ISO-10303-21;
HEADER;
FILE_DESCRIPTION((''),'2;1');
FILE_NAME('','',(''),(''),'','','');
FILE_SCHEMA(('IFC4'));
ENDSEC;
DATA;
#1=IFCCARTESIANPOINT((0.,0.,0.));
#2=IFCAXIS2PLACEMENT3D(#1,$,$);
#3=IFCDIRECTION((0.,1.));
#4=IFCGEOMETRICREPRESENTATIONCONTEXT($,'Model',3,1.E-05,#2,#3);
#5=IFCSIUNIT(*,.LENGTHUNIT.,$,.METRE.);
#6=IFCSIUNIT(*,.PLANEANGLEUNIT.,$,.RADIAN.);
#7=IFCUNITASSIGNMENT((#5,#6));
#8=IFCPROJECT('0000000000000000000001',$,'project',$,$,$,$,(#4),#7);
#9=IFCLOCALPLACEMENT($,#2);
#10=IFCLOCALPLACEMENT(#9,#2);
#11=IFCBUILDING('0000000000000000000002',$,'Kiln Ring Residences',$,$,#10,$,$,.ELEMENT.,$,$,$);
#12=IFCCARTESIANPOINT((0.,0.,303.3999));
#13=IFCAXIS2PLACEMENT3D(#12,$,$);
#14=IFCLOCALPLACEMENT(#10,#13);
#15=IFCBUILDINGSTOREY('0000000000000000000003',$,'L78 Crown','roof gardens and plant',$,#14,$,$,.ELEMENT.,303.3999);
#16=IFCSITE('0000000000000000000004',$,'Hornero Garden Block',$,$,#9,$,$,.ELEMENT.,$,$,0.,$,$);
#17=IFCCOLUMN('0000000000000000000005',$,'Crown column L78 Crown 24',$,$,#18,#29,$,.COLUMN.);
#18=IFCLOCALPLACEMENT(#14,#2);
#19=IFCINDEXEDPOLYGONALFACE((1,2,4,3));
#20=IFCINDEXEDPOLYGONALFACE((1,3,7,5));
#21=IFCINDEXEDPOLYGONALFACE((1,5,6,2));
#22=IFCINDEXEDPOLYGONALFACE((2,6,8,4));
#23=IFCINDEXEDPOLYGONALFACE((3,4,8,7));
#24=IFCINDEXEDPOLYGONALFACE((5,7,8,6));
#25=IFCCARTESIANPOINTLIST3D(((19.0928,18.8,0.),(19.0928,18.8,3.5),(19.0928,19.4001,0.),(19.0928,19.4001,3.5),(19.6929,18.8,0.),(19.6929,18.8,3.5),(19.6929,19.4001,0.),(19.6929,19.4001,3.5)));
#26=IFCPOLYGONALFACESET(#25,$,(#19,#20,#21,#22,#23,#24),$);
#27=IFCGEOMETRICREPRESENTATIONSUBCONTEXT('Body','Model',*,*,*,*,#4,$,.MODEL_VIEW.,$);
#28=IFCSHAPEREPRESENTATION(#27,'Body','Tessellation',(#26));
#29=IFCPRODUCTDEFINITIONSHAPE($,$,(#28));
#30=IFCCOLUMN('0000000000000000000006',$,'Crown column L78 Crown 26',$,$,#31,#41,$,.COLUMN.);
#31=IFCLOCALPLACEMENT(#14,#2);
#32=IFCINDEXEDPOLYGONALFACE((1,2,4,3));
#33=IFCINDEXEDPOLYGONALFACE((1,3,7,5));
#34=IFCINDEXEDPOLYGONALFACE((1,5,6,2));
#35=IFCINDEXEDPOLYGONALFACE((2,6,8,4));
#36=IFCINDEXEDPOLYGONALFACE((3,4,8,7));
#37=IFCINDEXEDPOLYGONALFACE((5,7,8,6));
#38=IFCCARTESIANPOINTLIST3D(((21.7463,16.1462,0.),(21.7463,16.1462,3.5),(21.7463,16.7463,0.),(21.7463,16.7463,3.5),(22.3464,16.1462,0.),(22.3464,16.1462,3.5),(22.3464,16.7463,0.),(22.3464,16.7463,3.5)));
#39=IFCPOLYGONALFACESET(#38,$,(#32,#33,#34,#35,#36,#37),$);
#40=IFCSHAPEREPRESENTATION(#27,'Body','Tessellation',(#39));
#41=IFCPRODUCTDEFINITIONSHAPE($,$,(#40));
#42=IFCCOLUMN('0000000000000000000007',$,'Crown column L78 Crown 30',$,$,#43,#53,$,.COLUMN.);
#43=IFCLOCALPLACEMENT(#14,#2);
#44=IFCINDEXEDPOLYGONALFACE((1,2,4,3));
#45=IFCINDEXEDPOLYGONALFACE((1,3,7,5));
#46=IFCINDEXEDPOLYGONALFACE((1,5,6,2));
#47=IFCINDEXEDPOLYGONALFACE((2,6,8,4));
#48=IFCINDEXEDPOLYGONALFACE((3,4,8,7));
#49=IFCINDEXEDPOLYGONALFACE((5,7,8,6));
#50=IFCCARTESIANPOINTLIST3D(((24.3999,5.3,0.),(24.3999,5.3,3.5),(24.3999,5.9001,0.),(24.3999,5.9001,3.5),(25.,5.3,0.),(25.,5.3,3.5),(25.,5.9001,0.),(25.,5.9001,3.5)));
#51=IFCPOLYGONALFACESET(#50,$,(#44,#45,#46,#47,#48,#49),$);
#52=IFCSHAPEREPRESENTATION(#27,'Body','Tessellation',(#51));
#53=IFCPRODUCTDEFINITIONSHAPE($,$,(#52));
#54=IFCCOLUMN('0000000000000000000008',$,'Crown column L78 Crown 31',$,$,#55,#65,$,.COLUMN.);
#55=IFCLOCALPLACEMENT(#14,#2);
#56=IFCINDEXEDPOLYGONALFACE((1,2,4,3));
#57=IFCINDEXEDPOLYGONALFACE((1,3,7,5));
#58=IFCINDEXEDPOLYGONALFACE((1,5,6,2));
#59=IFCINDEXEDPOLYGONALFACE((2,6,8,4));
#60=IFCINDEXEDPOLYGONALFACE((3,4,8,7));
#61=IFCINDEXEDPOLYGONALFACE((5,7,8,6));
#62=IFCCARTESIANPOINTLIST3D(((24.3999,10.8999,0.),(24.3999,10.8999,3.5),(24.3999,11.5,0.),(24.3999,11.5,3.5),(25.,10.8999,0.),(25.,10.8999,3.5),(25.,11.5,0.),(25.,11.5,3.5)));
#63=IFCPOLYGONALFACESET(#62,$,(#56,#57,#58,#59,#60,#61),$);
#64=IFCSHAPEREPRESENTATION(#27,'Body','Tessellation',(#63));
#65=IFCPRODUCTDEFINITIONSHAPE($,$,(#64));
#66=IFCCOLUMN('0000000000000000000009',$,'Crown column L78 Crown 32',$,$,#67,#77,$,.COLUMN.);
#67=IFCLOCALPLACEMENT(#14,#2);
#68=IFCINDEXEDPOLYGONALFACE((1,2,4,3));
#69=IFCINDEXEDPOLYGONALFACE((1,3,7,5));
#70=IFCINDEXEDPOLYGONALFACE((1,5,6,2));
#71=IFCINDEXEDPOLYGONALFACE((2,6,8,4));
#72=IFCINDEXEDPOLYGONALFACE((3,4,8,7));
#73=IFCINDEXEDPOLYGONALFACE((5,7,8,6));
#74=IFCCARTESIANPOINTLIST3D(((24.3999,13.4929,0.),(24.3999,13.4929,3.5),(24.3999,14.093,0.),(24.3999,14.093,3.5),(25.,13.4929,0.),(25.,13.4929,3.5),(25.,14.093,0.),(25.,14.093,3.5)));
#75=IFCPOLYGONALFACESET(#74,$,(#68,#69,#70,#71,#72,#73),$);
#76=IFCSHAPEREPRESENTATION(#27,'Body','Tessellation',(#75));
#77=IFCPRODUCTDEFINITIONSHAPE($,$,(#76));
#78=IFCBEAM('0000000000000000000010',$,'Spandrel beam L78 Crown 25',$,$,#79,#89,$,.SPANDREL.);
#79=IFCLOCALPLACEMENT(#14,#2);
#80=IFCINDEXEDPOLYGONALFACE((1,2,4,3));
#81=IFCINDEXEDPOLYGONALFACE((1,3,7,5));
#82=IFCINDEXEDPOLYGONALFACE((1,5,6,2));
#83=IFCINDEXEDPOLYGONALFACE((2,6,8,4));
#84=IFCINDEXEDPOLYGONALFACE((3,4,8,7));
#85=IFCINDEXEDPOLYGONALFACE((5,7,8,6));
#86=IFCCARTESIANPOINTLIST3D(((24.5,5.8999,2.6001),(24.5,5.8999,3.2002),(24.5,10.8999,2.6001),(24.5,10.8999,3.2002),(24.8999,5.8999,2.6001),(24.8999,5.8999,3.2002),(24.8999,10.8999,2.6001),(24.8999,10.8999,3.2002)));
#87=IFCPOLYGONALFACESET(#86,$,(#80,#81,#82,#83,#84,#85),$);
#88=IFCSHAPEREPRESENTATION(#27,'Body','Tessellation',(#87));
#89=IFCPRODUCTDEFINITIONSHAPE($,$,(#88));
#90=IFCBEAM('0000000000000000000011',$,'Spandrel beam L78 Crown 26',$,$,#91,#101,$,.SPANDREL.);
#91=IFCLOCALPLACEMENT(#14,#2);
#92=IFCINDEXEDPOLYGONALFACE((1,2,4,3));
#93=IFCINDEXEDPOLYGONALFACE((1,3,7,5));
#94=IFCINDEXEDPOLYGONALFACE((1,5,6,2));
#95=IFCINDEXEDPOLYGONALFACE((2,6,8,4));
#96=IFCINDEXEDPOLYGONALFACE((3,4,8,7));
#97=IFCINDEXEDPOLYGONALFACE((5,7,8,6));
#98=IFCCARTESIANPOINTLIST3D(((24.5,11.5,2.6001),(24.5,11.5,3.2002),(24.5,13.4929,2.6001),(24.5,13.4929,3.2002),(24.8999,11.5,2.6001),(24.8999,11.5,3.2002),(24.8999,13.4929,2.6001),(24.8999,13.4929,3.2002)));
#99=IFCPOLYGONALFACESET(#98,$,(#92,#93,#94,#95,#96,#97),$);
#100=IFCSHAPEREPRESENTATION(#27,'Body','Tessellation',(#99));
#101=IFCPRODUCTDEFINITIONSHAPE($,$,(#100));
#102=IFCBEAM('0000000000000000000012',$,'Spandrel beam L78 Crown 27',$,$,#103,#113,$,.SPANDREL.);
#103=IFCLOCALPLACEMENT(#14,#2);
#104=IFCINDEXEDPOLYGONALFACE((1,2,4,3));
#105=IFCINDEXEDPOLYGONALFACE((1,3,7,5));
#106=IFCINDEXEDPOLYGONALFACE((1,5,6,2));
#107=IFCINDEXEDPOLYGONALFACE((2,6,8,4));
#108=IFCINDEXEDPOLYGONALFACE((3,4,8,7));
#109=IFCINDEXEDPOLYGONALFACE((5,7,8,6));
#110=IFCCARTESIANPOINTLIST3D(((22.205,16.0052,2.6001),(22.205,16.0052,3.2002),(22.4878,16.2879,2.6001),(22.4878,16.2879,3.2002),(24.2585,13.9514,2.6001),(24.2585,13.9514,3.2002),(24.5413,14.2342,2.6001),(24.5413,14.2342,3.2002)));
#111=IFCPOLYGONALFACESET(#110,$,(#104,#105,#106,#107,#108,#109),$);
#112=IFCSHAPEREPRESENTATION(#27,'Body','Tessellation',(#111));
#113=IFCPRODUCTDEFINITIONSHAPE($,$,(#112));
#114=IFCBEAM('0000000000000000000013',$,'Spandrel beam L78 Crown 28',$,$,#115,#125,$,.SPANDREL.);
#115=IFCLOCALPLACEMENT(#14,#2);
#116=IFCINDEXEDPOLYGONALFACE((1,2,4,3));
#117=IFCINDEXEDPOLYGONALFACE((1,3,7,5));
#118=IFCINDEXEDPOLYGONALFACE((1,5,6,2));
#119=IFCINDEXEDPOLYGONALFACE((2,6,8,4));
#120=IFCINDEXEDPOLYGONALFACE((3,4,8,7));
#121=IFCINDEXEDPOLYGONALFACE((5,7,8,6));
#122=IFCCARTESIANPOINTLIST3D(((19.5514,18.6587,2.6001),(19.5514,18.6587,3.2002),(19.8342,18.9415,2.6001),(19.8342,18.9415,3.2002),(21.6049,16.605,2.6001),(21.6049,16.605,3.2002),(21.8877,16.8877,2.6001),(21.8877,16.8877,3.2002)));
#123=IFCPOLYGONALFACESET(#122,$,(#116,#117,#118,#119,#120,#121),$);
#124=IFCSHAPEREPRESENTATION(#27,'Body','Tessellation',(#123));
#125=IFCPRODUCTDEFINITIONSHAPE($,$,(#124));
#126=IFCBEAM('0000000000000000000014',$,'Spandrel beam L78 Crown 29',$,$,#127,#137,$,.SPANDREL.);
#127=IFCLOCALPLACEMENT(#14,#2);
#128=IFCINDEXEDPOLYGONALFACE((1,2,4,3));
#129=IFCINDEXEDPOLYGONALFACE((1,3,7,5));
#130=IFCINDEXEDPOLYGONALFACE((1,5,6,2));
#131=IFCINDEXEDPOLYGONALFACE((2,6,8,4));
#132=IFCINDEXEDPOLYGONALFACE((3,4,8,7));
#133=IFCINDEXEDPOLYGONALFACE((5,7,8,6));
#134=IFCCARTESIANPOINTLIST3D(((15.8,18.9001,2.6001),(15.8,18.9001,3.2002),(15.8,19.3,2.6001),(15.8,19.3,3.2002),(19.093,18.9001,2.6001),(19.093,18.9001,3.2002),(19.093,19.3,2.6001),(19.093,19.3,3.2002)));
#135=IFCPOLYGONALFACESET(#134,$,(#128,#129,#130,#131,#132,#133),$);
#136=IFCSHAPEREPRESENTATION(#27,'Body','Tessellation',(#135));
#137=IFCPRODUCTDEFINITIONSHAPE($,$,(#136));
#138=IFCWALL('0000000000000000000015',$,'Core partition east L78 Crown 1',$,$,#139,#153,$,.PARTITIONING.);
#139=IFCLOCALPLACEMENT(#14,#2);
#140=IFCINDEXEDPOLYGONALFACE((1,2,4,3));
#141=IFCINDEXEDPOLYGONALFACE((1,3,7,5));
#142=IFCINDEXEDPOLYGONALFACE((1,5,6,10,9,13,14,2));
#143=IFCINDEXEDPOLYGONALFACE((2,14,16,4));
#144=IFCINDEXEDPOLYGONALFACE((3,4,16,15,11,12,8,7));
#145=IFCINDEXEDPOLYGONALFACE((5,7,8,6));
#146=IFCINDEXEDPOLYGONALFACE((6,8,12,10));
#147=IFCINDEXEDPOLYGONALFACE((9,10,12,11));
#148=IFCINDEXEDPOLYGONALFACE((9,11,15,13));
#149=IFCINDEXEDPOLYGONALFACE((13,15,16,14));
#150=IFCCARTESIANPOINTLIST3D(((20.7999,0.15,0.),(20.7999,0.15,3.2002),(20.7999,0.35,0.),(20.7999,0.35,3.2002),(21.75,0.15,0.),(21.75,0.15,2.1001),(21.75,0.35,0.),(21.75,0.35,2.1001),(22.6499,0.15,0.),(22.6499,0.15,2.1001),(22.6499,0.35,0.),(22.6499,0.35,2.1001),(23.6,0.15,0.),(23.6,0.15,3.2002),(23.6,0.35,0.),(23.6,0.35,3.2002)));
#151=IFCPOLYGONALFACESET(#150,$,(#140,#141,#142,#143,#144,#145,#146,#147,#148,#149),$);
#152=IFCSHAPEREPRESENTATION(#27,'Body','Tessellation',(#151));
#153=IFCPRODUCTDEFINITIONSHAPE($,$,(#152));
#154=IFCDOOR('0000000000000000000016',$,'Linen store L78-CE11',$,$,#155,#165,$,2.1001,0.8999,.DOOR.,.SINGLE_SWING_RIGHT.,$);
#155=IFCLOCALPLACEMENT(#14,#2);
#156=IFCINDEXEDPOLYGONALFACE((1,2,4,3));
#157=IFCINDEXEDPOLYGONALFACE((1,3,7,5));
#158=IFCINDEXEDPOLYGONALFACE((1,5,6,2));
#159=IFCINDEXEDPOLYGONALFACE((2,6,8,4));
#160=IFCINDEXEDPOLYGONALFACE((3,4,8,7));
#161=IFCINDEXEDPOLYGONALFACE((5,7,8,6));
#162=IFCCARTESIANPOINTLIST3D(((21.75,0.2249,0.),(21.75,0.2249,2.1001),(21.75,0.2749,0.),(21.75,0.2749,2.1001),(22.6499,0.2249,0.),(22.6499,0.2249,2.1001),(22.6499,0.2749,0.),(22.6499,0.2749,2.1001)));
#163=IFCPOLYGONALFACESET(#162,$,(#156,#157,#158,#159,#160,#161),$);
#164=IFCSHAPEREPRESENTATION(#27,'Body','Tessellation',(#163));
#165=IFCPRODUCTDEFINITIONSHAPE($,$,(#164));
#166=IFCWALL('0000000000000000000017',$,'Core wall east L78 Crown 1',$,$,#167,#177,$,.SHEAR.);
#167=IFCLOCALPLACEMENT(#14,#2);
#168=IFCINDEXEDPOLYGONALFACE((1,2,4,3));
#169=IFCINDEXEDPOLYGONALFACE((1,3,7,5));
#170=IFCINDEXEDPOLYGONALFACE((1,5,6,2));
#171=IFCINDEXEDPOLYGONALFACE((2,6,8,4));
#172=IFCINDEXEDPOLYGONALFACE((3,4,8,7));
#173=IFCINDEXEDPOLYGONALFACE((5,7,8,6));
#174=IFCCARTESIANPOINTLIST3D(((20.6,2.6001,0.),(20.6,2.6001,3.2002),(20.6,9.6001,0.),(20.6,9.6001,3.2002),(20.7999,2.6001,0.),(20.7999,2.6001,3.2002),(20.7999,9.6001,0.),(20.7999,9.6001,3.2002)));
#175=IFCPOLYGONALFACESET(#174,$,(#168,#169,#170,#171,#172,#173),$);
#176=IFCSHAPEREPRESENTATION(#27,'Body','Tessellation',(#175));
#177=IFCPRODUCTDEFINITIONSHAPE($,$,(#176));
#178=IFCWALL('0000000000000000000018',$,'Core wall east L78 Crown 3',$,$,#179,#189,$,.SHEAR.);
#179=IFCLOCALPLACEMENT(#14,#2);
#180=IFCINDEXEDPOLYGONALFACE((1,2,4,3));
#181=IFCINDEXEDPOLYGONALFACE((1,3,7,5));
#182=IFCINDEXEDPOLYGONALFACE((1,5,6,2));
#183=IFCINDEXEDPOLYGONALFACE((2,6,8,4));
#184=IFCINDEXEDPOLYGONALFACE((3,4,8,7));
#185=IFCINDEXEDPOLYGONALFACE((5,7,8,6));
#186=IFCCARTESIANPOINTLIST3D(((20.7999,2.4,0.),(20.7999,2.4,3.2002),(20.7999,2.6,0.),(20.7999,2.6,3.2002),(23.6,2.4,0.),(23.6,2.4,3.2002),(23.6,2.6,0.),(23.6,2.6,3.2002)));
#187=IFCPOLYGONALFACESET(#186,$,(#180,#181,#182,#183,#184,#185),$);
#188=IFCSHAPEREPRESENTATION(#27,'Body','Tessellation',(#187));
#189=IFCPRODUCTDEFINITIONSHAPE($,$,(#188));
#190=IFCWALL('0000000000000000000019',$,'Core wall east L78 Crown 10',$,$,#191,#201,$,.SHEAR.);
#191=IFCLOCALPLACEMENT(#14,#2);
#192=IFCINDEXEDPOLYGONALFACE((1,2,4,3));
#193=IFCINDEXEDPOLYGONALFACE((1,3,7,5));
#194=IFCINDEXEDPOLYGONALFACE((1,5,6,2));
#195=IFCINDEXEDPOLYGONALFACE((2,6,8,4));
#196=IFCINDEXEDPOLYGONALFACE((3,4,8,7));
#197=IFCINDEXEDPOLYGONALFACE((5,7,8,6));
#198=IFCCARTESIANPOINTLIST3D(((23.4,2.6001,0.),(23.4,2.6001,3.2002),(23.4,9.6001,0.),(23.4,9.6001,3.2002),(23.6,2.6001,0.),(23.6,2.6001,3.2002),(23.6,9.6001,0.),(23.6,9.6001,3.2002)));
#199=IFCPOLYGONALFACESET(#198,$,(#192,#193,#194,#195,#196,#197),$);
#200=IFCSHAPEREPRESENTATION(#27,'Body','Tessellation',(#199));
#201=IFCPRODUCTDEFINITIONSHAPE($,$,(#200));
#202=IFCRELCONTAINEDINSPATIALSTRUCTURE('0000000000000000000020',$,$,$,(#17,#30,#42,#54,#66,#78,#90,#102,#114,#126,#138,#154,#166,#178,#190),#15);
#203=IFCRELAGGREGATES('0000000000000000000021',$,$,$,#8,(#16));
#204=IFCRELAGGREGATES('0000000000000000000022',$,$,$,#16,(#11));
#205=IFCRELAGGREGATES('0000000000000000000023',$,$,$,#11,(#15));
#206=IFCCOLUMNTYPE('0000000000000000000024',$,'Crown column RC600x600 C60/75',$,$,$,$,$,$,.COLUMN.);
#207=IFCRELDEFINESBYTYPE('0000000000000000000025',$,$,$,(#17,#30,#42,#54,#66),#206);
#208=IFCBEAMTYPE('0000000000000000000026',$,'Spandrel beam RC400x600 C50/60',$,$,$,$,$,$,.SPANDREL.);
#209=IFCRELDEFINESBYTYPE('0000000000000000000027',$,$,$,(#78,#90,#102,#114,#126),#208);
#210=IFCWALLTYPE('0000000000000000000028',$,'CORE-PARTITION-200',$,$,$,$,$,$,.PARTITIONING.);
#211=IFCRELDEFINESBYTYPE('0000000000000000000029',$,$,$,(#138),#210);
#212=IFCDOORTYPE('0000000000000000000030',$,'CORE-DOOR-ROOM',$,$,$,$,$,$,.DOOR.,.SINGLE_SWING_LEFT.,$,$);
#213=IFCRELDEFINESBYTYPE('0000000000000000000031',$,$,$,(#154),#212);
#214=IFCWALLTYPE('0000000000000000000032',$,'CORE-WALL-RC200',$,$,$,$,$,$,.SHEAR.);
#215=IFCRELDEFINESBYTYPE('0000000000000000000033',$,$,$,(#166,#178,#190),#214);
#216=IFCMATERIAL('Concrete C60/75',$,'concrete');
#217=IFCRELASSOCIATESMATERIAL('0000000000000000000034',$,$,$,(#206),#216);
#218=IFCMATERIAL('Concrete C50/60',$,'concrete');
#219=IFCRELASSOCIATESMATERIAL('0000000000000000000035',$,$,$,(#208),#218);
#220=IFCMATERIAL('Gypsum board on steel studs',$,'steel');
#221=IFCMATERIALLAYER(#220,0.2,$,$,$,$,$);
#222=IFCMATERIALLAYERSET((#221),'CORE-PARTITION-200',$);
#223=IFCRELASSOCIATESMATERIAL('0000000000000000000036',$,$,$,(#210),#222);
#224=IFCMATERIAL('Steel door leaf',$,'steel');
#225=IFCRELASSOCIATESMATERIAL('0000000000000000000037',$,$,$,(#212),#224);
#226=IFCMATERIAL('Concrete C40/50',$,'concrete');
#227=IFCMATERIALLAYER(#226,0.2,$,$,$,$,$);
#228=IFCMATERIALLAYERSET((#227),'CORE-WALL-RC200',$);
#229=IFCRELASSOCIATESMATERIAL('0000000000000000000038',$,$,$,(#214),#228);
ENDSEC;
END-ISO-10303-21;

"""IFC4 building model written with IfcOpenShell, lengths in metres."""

from ifc_helpers import new_model, si_unit, direction, frame, frame_2d, origin, origin_2d, place, context, subcontext, project, spatial, rectangle, extrude, material, layer, layer_set, material_profile, profile_set, type_object, element, fill, save


model = new_model("IFC4")

# Units and contexts
model_context = context("Model", 3, precision=1e-05, world=origin(), true_north=direction((0.0, 1.0)))
body_context = subcontext(model_context, "Body", "Model", "MODEL_VIEW")
ifc_project = project(units=[si_unit("LENGTHUNIT", "METRE"), si_unit("PLANEANGLEUNIT", "RADIAN")], contexts=[model_context])

# Site, building, storey
site_placement = place(None, origin())
site = spatial("IfcSite", under=ifc_project, at=site_placement, Name="Hornero Garden Block", CompositionType="ELEMENT", RefElevation=0.0)
building_placement = place(site_placement, origin())
building = spatial("IfcBuilding", under=site, at=building_placement, Name="Kiln Ring Residences", CompositionType="ELEMENT")
storey_placement = place(building_placement, frame((0.0, 0.0, 303.3999)))
storey = spatial("IfcBuildingStorey", under=building, at=storey_placement, Name="L78 Crown", Description="roof gardens and plant", CompositionType="ELEMENT", Elevation=303.3999)

# Columns
ifc_material_1 = material(Name="Concrete C60/75", Category="concrete")
ifc_material_profile_1 = material_profile(ifc_material_1, rectangle(XDim=0.6001, YDim=0.6001, at=origin_2d()), Name="RC600x600")
ifc_profile_set_1 = profile_set([ifc_material_profile_1], Name="Concrete C60/75")
column_type = type_object("IfcColumnType", Name="Crown column RC600x600 C60/75", PredefinedType="COLUMN", material=ifc_profile_set_1)
for number, where, z_axis, x_axis, name in (
    (1, (19.3928, 19.1001, 0.0), (0.0, 0.0, 1.0), (1.0, 0.0, 0.0), "Crown column L78 Crown 24"),
    (2, (22.0464, 16.4463, 0.0), (0.0, 0.0, 1.0), (1.0, 0.0, 0.0), "Crown column L78 Crown 26"),
    (3, (24.7, 5.6001, 0.0), (0.0, 0.0, 1.0), (1.0, 0.0, 0.0), "Crown column L78 Crown 30"),
    (4, (24.7, 11.2, 0.0), (0.0, 0.0, 1.0), (1.0, 0.0, 0.0), "Crown column L78 Crown 31"),
    (5, (24.7, 13.793, 0.0), (0.0, 0.0, 1.0), (1.0, 0.0, 0.0), "Crown column L78 Crown 32"),
):
    element("IfcColumn", number, at=place(storey_placement, frame(where, z_axis=z_axis, x_axis=x_axis)), inside=storey, type_object=column_type, Name=name, PredefinedType="COLUMN", context=body_context, shape_type="SweptSolid", body=[
        extrude(rectangle(XDim=0.6001, YDim=0.6001, at=origin_2d()), origin(), (0.0, 0.0, 1.0), 3.5),
    ])

# Beams
ifc_material_2 = material(Name="Concrete C50/60", Category="concrete")
ifc_material_profile_2 = material_profile(ifc_material_2, rectangle(XDim=0.3999, YDim=0.6001, at=origin_2d()), Name="RC400x600")
ifc_profile_set_2 = profile_set([ifc_material_profile_2], Name="Concrete C50/60")
beam_type = type_object("IfcBeamType", Name="Spandrel beam RC400x600 C50/60", PredefinedType="SPANDREL", material=ifc_profile_set_2)
beam_1_placement = place(storey_placement, frame((24.7, 5.8999, 2.9001), z_axis=(0.0, 1.0, 0.0), x_axis=(-1.0, 0.0, 0.0)))
element("IfcBeam", 6, at=beam_1_placement, inside=storey, type_object=beam_type, Name="Spandrel beam L78 Crown 25", PredefinedType="SPANDREL", context=body_context, shape_type="SweptSolid", body=[
    extrude(rectangle(XDim=0.3999, YDim=0.6001, at=origin_2d()), origin(), (0.0, 0.0, 1.0), 5.0),
])
beam_2_placement = place(storey_placement, frame((24.7, 11.5, 2.9001), z_axis=(0.0, 1.0, 0.0), x_axis=(-1.0, 0.0, 0.0)))
element("IfcBeam", 7, at=beam_2_placement, inside=storey, type_object=beam_type, Name="Spandrel beam L78 Crown 26", PredefinedType="SPANDREL", context=body_context, shape_type="SweptSolid", body=[
    extrude(rectangle(XDim=0.3999, YDim=0.6001, at=origin_2d()), origin(), (0.0, 0.0, 1.0), 1.9929),
])
for number, where, z_axis, x_axis, name in (
    (8, (24.3999, 14.0928, 2.9001), (-0.707065, 0.707149, 0.0), (-0.707149, -0.707065, 0.0), "Spandrel beam L78 Crown 27"),
    (9, (21.7463, 16.7463, 2.9001), (-0.707065, 0.707149, 0.0), (-0.707149, -0.707065, 0.0), "Spandrel beam L78 Crown 28"),
):
    element("IfcBeam", number, at=place(storey_placement, frame(where, z_axis=z_axis, x_axis=x_axis)), inside=storey, type_object=beam_type, Name=name, PredefinedType="SPANDREL", context=body_context, shape_type="SweptSolid", body=[
        extrude(rectangle(XDim=0.3999, YDim=0.6001, at=origin_2d()), origin(), (0.0, 0.0, 1.0), 2.9043),
    ])
beam_3_placement = place(storey_placement, frame((19.093, 19.1001, 2.9001), z_axis=(-1.0, 0.0, 0.0), x_axis=(0.0, -1.0, 0.0)))
element("IfcBeam", 10, at=beam_3_placement, inside=storey, type_object=beam_type, Name="Spandrel beam L78 Crown 29", PredefinedType="SPANDREL", context=body_context, shape_type="SweptSolid", body=[
    extrude(rectangle(XDim=0.3999, YDim=0.6001, at=origin_2d()), origin(), (0.0, 0.0, 1.0), 3.293),
])

# Wall, opening, door
ifc_material_3 = material(Name="Gypsum board on steel studs", Category="steel")
ifc_layer_1 = layer(ifc_material_3, 0.2)
ifc_layer_set_1 = layer_set([ifc_layer_1], Name="CORE-PARTITION-200")
wall_type_1 = type_object("IfcWallType", Name="CORE-PARTITION-200", PredefinedType="PARTITIONING", material=ifc_layer_set_1)
wall_1_placement = place(storey_placement, frame((20.8, 0.25, 0.0), z_axis=(0.0, 0.0, 1.0), x_axis=(1.0, 0.0, 0.0)))
wall_1 = element("IfcWall", 11, at=wall_1_placement, inside=storey, type_object=wall_type_1, Name="Core partition east L78 Crown 1", PredefinedType="PARTITIONING", context=body_context, shape_type="SweptSolid", body=[
    extrude(rectangle(XDim=2.8, YDim=0.2, at=frame_2d((1.3999, 0.0))), origin(), (0.0, 0.0, 1.0), 3.2002),
])
opening_1_placement = place(wall_1_placement, frame((0.95, 0.0, 0.0)))
opening_1 = element("IfcOpeningElement", 12, at=opening_1_placement, cuts=wall_1, PredefinedType="OPENING", context=body_context, shape_type="SweptSolid", body=[
    extrude(rectangle(XDim=0.8999, YDim=2.1001, at=frame_2d((0.45, 1.05))), frame((0.0, 0.1099, 0.0), z_axis=(0.0, -1.0, 0.0), x_axis=(1.0, 0.0, 0.0)), (0.0, 0.0, 1.0), 0.22),
])
ifc_material_4 = material(Name="Steel door leaf", Category="steel")
door_type = type_object("IfcDoorType", Name="CORE-DOOR-ROOM", OperationType="SINGLE_SWING_LEFT", PredefinedType="DOOR", material=ifc_material_4)
door_placement = place(opening_1_placement, origin())
door = element("IfcDoor", 13, at=door_placement, inside=storey, type_object=door_type, Name="Linen store L78-CE11", OperationType="SINGLE_SWING_RIGHT", OverallHeight=2.1001, OverallWidth=0.8999, PredefinedType="DOOR", context=body_context, shape_type="SweptSolid", body=[
    extrude(rectangle(XDim=0.8999, YDim=2.1001, at=frame_2d((0.45, 1.05))), frame((0.0, 0.0249, 0.0), z_axis=(0.0, -1.0, 0.0), x_axis=(1.0, 0.0, 0.0)), (0.0, 0.0, 1.0), 0.05),
])
fill(opening_1, door)

# Walls
ifc_material_5 = material(Name="Concrete C40/50", Category="concrete")
ifc_layer_2 = layer(ifc_material_5, 0.2)
ifc_layer_set_2 = layer_set([ifc_layer_2], Name="CORE-WALL-RC200")
wall_type_2 = type_object("IfcWallType", Name="CORE-WALL-RC200", PredefinedType="SHEAR", material=ifc_layer_set_2)
wall_2_placement = place(storey_placement, frame((20.7, 2.6001, 0.0), z_axis=(0.0, 0.0, 1.0), x_axis=(0.0, 1.0, 0.0)))
element("IfcWall", 14, at=wall_2_placement, inside=storey, type_object=wall_type_2, Name="Core wall east L78 Crown 1", PredefinedType="SHEAR", context=body_context, shape_type="SweptSolid", body=[
    extrude(rectangle(XDim=7.0, YDim=0.2, at=frame_2d((3.5, 0.0))), origin(), (0.0, 0.0, 1.0), 3.2002),
])
wall_3_placement = place(storey_placement, frame((20.8, 2.5, 0.0), z_axis=(0.0, 0.0, 1.0), x_axis=(1.0, 0.0, 0.0)))
element("IfcWall", 15, at=wall_3_placement, inside=storey, type_object=wall_type_2, Name="Core wall east L78 Crown 3", PredefinedType="SHEAR", context=body_context, shape_type="SweptSolid", body=[
    extrude(rectangle(XDim=2.8, YDim=0.2, at=frame_2d((1.3999, 0.0))), origin(), (0.0, 0.0, 1.0), 3.2002),
])
wall_4_placement = place(storey_placement, frame((23.5, 2.6001, 0.0), z_axis=(0.0, 0.0, 1.0), x_axis=(0.0, 1.0, 0.0)))
element("IfcWall", 16, at=wall_4_placement, inside=storey, type_object=wall_type_2, Name="Core wall east L78 Crown 10", PredefinedType="SHEAR", context=body_context, shape_type="SweptSolid", body=[
    extrude(rectangle(XDim=7.0, YDim=0.2, at=frame_2d((3.5, 0.0))), origin(), (0.0, 0.0, 1.0), 3.2002),
])

save(model, "model.ifc")
